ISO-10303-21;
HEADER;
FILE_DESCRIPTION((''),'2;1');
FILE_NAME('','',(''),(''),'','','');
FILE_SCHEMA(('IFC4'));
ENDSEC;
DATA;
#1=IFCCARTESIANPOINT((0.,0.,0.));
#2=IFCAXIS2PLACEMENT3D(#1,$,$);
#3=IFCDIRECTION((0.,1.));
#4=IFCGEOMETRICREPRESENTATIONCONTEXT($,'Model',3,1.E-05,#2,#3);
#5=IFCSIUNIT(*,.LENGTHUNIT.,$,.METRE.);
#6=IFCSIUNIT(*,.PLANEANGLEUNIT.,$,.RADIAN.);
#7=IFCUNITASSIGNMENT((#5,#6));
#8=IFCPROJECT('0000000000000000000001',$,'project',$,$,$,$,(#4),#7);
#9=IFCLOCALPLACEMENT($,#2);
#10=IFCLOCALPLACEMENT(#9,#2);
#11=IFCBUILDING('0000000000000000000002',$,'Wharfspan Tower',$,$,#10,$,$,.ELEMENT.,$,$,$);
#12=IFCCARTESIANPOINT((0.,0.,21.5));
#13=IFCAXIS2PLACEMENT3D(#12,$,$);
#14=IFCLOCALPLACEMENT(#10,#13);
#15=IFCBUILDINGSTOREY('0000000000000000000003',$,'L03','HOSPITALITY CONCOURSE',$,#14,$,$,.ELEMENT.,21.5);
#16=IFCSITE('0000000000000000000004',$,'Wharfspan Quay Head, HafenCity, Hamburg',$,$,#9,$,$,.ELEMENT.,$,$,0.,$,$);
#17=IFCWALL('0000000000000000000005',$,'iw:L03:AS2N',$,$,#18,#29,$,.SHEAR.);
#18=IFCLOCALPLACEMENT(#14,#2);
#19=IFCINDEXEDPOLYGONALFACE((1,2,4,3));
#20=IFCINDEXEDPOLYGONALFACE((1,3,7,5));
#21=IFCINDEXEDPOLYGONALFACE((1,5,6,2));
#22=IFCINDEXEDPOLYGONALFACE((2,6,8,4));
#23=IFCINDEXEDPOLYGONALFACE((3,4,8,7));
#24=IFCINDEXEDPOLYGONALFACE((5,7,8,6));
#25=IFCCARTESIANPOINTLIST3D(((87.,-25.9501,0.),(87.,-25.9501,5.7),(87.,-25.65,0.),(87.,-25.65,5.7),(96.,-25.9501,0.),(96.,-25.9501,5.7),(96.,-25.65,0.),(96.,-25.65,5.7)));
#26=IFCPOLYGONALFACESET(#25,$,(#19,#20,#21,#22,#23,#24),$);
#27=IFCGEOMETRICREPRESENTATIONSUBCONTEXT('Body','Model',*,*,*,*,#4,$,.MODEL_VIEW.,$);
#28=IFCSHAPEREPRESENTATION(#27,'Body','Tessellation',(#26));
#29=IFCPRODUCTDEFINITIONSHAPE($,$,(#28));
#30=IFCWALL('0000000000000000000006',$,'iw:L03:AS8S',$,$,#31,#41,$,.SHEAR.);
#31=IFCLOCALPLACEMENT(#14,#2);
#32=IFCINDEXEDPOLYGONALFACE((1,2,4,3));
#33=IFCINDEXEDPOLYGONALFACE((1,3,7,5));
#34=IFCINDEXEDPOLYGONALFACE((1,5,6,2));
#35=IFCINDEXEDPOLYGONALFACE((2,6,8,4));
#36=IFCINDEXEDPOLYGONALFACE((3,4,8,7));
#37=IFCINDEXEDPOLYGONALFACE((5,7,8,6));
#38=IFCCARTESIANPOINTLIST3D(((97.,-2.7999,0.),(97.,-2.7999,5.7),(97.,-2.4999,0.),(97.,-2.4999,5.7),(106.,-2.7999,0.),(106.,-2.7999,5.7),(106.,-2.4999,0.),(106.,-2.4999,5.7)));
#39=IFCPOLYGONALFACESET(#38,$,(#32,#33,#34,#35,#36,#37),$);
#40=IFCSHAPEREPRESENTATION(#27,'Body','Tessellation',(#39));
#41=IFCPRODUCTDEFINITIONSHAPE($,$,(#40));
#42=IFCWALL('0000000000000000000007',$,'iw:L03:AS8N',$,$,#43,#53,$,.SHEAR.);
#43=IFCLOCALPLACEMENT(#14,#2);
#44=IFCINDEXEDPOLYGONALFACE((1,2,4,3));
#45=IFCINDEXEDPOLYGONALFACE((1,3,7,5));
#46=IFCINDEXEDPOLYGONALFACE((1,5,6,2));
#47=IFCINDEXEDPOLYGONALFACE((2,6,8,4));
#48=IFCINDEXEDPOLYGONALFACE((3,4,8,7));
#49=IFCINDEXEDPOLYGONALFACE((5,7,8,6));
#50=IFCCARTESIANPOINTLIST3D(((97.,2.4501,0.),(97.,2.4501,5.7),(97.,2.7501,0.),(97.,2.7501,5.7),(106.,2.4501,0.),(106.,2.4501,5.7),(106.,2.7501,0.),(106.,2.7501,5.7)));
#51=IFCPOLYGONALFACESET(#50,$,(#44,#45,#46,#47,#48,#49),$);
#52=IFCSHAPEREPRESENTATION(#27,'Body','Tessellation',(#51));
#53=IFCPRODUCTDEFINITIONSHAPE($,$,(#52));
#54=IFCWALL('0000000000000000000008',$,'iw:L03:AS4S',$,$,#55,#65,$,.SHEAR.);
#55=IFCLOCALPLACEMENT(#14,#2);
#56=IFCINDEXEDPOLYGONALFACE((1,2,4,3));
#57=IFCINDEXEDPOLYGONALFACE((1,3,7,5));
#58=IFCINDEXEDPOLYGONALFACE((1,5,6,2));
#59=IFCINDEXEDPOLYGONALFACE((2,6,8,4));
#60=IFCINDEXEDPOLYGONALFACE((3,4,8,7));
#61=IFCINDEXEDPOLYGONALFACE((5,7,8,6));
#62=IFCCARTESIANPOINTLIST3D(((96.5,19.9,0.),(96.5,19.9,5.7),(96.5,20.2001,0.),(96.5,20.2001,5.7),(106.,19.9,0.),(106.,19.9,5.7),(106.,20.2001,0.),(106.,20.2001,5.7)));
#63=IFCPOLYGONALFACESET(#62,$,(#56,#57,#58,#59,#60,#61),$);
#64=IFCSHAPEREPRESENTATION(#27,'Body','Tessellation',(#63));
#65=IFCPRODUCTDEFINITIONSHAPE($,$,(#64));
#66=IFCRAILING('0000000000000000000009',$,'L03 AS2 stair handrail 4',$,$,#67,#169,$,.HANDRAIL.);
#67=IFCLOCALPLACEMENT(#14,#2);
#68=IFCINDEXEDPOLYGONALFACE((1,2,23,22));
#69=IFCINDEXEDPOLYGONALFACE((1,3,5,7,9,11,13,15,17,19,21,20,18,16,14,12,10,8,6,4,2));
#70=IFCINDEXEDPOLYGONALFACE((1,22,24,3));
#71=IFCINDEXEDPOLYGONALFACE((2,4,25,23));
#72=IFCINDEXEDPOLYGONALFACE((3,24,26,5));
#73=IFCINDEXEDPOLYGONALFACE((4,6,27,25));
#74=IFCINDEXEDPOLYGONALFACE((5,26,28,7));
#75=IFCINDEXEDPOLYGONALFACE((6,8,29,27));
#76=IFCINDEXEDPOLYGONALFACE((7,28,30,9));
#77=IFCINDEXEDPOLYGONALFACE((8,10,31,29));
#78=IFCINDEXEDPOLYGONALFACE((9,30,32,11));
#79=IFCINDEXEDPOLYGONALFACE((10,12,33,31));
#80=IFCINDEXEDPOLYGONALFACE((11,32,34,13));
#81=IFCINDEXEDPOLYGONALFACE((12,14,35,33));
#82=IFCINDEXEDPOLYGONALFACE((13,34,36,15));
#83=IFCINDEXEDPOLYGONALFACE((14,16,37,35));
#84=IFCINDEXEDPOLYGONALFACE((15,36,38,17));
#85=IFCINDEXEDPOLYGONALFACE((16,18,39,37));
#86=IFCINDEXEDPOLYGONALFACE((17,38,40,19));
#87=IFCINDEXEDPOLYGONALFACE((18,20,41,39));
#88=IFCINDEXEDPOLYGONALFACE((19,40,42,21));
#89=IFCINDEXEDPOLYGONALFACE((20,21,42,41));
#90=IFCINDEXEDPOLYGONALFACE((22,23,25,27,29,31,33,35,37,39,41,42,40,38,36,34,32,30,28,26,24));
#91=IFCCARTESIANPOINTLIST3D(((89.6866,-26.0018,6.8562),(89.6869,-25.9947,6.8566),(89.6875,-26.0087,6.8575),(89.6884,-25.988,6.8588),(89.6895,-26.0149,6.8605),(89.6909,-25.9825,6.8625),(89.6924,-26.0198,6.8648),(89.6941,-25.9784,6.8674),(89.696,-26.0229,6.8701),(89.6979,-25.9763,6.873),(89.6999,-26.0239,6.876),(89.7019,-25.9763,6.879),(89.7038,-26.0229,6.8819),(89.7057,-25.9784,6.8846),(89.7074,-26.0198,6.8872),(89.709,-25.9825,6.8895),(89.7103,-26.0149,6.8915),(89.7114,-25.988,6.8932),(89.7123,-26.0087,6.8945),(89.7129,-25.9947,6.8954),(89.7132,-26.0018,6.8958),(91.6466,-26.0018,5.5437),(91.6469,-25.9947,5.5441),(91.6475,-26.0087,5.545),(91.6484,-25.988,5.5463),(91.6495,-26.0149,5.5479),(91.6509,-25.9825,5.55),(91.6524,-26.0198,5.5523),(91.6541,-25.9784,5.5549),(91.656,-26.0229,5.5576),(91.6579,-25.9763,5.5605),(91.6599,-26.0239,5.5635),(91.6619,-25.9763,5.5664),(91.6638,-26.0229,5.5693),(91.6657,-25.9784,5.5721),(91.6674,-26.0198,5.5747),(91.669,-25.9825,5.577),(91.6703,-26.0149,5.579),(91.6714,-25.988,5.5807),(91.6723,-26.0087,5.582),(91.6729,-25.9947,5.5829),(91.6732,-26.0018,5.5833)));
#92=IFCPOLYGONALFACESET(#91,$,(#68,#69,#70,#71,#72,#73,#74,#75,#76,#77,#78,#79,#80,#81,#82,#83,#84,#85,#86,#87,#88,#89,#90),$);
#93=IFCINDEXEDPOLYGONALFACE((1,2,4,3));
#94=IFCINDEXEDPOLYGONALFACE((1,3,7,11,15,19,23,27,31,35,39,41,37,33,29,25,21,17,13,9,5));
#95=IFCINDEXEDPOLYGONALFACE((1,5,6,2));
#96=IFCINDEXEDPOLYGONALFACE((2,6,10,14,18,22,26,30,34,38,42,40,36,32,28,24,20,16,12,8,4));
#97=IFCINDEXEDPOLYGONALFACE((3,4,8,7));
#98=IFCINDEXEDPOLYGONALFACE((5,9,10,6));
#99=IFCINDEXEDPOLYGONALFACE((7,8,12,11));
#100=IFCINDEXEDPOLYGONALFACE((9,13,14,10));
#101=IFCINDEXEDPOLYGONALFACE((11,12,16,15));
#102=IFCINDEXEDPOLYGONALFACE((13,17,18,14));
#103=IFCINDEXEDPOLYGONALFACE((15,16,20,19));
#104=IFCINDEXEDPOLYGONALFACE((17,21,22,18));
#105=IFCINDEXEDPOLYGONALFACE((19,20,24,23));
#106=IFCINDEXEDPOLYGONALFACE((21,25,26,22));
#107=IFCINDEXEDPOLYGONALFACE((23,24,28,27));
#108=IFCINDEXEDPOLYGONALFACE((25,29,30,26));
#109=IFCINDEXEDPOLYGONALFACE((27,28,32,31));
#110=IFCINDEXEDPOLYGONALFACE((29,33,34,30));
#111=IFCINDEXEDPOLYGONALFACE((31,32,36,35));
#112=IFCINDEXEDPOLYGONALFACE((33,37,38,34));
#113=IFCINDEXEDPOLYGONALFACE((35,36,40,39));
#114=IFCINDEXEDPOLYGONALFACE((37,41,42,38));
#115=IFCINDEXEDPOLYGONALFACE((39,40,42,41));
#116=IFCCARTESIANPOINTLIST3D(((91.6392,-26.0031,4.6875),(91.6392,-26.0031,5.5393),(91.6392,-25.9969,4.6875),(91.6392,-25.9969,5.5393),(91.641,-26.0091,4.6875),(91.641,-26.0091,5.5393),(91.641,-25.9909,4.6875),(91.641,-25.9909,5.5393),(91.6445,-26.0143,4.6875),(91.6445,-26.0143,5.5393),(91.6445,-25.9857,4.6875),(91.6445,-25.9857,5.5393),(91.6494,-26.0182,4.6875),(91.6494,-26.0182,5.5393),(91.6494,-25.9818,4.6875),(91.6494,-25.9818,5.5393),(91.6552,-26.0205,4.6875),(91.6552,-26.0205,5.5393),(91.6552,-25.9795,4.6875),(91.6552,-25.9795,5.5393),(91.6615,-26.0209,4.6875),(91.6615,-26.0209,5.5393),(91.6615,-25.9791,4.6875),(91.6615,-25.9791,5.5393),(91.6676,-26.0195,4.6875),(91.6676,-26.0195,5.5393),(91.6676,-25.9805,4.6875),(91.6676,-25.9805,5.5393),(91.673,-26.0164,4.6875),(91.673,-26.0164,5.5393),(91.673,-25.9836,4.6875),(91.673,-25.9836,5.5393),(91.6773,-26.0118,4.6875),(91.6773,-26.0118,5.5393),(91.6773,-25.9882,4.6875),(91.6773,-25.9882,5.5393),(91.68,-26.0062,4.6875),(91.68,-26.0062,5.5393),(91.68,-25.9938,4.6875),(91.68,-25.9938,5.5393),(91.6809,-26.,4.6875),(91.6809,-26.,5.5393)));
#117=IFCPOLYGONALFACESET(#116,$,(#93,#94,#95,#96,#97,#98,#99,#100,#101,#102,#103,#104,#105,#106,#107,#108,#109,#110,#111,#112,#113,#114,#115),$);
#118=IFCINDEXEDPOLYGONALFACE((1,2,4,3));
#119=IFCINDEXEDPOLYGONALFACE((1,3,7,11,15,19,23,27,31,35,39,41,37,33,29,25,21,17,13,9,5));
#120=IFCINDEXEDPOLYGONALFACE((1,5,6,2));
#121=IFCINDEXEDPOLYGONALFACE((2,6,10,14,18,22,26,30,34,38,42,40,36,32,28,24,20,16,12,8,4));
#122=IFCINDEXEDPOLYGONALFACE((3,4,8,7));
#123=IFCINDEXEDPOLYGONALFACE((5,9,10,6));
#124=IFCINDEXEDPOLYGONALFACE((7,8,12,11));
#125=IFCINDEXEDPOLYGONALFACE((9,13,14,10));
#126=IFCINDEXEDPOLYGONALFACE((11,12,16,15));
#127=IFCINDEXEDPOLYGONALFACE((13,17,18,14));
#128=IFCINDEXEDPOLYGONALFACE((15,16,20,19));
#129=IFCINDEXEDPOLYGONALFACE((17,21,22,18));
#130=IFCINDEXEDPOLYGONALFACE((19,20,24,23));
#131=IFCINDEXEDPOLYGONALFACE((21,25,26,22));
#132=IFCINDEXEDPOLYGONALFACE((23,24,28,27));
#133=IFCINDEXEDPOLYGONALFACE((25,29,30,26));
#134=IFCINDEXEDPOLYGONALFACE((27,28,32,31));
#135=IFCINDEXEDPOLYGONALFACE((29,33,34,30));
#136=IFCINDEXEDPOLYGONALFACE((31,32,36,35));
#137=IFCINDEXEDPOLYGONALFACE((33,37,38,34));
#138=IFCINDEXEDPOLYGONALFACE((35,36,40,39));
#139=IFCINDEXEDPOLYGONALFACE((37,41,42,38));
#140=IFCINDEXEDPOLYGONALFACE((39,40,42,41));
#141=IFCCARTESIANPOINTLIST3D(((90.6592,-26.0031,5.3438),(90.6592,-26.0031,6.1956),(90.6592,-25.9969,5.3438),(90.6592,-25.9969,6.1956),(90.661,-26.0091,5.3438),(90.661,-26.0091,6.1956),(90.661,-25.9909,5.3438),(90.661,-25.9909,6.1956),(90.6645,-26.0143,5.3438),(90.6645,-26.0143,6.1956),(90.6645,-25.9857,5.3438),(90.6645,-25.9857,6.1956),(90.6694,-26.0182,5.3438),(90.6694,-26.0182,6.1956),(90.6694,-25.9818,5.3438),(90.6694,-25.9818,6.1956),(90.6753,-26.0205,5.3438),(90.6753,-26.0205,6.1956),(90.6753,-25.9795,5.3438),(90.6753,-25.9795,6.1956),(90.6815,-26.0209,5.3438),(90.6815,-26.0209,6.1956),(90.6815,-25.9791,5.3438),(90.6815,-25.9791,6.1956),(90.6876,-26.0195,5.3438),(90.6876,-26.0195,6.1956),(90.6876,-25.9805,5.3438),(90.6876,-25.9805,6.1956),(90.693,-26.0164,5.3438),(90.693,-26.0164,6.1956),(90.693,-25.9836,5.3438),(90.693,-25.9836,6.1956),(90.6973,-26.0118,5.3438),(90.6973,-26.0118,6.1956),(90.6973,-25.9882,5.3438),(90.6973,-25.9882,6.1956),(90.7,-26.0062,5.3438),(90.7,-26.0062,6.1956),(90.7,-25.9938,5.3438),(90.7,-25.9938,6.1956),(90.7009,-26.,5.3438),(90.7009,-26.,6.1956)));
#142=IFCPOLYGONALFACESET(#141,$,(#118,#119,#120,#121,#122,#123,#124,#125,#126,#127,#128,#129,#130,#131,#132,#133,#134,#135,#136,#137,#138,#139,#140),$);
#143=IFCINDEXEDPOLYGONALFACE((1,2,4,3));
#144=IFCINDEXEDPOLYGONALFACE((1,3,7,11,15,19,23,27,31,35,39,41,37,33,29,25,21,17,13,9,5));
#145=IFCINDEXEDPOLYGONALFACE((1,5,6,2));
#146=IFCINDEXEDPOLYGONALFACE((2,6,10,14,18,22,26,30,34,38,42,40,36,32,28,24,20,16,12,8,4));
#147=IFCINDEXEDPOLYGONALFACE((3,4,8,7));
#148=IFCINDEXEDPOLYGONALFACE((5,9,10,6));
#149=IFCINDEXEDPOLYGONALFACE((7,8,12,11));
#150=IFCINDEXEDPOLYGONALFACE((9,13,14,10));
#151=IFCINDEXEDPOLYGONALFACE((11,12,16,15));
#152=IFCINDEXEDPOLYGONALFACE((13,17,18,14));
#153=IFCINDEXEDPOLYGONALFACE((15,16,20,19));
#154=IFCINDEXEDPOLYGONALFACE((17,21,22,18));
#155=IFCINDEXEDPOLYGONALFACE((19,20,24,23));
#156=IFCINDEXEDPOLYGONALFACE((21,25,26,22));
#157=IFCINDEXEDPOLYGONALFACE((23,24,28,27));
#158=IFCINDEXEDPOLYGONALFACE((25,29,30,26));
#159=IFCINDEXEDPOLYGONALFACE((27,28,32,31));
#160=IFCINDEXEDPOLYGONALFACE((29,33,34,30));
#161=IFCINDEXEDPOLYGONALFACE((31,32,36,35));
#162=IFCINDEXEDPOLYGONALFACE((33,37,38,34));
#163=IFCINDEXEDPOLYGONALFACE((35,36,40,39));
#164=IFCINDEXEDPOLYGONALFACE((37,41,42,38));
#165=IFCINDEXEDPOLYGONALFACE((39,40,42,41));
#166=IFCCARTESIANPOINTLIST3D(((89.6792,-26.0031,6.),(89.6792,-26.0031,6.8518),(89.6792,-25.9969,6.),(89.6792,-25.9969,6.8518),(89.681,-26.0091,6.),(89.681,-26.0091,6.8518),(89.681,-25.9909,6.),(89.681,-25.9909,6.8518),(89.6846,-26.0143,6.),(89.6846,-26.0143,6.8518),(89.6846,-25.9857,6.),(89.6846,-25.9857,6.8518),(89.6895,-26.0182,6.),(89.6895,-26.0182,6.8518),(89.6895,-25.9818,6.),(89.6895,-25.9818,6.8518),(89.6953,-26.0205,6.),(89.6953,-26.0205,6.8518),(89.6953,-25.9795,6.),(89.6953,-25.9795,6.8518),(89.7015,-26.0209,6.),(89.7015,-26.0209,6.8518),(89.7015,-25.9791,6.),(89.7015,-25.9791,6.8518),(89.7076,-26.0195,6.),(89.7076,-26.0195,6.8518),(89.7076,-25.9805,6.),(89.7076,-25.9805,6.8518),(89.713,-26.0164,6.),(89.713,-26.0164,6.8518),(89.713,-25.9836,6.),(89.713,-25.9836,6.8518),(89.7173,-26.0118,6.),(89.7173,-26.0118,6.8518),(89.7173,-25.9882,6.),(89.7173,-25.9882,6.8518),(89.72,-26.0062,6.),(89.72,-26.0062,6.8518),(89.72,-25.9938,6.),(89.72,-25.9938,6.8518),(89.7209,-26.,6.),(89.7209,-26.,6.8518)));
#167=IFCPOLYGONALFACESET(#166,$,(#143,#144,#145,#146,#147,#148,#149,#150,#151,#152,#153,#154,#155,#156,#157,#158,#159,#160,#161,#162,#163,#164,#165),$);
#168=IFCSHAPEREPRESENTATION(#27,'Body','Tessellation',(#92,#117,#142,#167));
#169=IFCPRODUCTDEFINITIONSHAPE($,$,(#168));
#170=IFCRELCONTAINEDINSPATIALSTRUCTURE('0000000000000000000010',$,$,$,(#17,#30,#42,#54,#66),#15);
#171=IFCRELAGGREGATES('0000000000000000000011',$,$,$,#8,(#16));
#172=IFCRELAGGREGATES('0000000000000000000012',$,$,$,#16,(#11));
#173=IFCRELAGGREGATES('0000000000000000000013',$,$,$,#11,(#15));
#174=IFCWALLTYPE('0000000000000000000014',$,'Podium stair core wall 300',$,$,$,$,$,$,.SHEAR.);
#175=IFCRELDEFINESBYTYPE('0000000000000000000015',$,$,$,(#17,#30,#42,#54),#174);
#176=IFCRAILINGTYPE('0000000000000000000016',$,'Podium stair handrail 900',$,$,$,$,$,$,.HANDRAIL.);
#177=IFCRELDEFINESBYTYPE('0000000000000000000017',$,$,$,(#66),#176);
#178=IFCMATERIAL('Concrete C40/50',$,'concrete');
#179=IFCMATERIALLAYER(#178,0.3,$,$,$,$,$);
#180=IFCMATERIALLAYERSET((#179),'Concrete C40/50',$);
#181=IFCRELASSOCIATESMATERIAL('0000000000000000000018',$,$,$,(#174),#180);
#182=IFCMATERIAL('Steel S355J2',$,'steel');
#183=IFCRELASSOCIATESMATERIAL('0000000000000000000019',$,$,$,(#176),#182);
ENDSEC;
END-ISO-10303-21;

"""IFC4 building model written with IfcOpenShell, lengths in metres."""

from ifc_helpers import new_model, si_unit, direction, frame, frame_2d, origin, origin_2d, place, context, subcontext, project, spatial, rectangle, circle, extrude, material, layer, layer_set, type_object, element, save


model = new_model("IFC4")

# Units and contexts
model_context = context("Model", 3, precision=1e-05, world=origin(), true_north=direction((0.0, 1.0)))
body_context = subcontext(model_context, "Body", "Model", "MODEL_VIEW")
ifc_project = project(units=[si_unit("LENGTHUNIT", "METRE"), si_unit("PLANEANGLEUNIT", "RADIAN")], contexts=[model_context])

# Site, building, storey
site_placement = place(None, origin())
site = spatial("IfcSite", under=ifc_project, at=site_placement, Name="Wharfspan Quay Head, HafenCity, Hamburg", CompositionType="ELEMENT", RefElevation=0.0)
building_placement = place(site_placement, origin())
building = spatial("IfcBuilding", under=site, at=building_placement, Name="Wharfspan Tower", CompositionType="ELEMENT")
storey_placement = place(building_placement, frame((0.0, 0.0, 21.5)))
storey = spatial("IfcBuildingStorey", under=building, at=storey_placement, Name="L03", Description="HOSPITALITY CONCOURSE", CompositionType="ELEMENT", Elevation=21.5)

# Walls
ifc_material_1 = material(Name="Concrete C40/50", Category="concrete")
ifc_layer_1 = layer(ifc_material_1, 0.3)
ifc_layer_set_1 = layer_set([ifc_layer_1], Name="Concrete C40/50")
wall_type_1 = type_object("IfcWallType", Name="Podium stair core wall 300", PredefinedType="SHEAR", material=ifc_layer_set_1)
for number, where, z_axis, x_axis, name in (
    (1, (87.0, -25.8, 0.0), (0.0, 0.0, 1.0), (1.0, 0.0, 0.0), "iw:L03:AS2N"),
    (2, (97.0, -2.6499, 0.0), (0.0, 0.0, 1.0), (1.0, 0.0, 0.0), "iw:L03:AS8S"),
    (3, (97.0, 2.6001, 0.0), (0.0, 0.0, 1.0), (1.0, 0.0, 0.0), "iw:L03:AS8N"),
):
    element("IfcWall", number, at=place(storey_placement, frame(where, z_axis=z_axis, x_axis=x_axis)), inside=storey, type_object=wall_type_1, Name=name, PredefinedType="SHEAR", context=body_context, shape_type="SweptSolid", body=[
        extrude(rectangle(XDim=9.0, YDim=0.3, at=frame_2d((4.5, 0.0))), origin(), (0.0, 0.0, 1.0), 5.7),
    ])
wall_1_placement = place(storey_placement, frame((96.5, 20.05, 0.0), z_axis=(0.0, 0.0, 1.0), x_axis=(1.0, 0.0, 0.0)))
element("IfcWall", 4, at=wall_1_placement, inside=storey, type_object=wall_type_1, Name="iw:L03:AS4S", PredefinedType="SHEAR", context=body_context, shape_type="SweptSolid", body=[
    extrude(rectangle(XDim=9.5, YDim=0.3, at=frame_2d((4.75, 0.0))), origin(), (0.0, 0.0, 1.0), 5.7),
])

# Railing
ifc_material_2 = material(Name="Steel S355J2", Category="steel")
railing_type = type_object("IfcRailingType", Name="Podium stair handrail 900", PredefinedType="HANDRAIL", material=ifc_material_2)
railing_placement = place(storey_placement, frame((91.6599, -26.0, 4.6875)))
element("IfcRailing", 5, at=railing_placement, inside=storey, type_object=railing_type, Name="L03 AS2 stair handrail 4", PredefinedType="HANDRAIL", context=body_context, shape_type="SweptSolid", body=[
    extrude(circle(Radius=0.0239, at=origin_2d()), frame((0.0, 0.0, 0.876), z_axis=(-0.830902, 0.0, 0.556419), x_axis=(0.0, -1.0, 0.0)), (0.0, 0.0, 1.0), 2.3589),
    extrude(circle(Radius=0.021, at=origin_2d()), origin(), (0.0, 0.0, 1.0), 0.8518),
    extrude(circle(Radius=0.021, at=origin_2d()), frame((-0.98, 0.0, 0.6562)), (0.0, 0.0, 1.0), 0.8518),
    extrude(circle(Radius=0.021, at=origin_2d()), frame((-1.96, 0.0, 1.3125)), (0.0, 0.0, 1.0), 0.8518),
])

save(model, "model.ifc")
